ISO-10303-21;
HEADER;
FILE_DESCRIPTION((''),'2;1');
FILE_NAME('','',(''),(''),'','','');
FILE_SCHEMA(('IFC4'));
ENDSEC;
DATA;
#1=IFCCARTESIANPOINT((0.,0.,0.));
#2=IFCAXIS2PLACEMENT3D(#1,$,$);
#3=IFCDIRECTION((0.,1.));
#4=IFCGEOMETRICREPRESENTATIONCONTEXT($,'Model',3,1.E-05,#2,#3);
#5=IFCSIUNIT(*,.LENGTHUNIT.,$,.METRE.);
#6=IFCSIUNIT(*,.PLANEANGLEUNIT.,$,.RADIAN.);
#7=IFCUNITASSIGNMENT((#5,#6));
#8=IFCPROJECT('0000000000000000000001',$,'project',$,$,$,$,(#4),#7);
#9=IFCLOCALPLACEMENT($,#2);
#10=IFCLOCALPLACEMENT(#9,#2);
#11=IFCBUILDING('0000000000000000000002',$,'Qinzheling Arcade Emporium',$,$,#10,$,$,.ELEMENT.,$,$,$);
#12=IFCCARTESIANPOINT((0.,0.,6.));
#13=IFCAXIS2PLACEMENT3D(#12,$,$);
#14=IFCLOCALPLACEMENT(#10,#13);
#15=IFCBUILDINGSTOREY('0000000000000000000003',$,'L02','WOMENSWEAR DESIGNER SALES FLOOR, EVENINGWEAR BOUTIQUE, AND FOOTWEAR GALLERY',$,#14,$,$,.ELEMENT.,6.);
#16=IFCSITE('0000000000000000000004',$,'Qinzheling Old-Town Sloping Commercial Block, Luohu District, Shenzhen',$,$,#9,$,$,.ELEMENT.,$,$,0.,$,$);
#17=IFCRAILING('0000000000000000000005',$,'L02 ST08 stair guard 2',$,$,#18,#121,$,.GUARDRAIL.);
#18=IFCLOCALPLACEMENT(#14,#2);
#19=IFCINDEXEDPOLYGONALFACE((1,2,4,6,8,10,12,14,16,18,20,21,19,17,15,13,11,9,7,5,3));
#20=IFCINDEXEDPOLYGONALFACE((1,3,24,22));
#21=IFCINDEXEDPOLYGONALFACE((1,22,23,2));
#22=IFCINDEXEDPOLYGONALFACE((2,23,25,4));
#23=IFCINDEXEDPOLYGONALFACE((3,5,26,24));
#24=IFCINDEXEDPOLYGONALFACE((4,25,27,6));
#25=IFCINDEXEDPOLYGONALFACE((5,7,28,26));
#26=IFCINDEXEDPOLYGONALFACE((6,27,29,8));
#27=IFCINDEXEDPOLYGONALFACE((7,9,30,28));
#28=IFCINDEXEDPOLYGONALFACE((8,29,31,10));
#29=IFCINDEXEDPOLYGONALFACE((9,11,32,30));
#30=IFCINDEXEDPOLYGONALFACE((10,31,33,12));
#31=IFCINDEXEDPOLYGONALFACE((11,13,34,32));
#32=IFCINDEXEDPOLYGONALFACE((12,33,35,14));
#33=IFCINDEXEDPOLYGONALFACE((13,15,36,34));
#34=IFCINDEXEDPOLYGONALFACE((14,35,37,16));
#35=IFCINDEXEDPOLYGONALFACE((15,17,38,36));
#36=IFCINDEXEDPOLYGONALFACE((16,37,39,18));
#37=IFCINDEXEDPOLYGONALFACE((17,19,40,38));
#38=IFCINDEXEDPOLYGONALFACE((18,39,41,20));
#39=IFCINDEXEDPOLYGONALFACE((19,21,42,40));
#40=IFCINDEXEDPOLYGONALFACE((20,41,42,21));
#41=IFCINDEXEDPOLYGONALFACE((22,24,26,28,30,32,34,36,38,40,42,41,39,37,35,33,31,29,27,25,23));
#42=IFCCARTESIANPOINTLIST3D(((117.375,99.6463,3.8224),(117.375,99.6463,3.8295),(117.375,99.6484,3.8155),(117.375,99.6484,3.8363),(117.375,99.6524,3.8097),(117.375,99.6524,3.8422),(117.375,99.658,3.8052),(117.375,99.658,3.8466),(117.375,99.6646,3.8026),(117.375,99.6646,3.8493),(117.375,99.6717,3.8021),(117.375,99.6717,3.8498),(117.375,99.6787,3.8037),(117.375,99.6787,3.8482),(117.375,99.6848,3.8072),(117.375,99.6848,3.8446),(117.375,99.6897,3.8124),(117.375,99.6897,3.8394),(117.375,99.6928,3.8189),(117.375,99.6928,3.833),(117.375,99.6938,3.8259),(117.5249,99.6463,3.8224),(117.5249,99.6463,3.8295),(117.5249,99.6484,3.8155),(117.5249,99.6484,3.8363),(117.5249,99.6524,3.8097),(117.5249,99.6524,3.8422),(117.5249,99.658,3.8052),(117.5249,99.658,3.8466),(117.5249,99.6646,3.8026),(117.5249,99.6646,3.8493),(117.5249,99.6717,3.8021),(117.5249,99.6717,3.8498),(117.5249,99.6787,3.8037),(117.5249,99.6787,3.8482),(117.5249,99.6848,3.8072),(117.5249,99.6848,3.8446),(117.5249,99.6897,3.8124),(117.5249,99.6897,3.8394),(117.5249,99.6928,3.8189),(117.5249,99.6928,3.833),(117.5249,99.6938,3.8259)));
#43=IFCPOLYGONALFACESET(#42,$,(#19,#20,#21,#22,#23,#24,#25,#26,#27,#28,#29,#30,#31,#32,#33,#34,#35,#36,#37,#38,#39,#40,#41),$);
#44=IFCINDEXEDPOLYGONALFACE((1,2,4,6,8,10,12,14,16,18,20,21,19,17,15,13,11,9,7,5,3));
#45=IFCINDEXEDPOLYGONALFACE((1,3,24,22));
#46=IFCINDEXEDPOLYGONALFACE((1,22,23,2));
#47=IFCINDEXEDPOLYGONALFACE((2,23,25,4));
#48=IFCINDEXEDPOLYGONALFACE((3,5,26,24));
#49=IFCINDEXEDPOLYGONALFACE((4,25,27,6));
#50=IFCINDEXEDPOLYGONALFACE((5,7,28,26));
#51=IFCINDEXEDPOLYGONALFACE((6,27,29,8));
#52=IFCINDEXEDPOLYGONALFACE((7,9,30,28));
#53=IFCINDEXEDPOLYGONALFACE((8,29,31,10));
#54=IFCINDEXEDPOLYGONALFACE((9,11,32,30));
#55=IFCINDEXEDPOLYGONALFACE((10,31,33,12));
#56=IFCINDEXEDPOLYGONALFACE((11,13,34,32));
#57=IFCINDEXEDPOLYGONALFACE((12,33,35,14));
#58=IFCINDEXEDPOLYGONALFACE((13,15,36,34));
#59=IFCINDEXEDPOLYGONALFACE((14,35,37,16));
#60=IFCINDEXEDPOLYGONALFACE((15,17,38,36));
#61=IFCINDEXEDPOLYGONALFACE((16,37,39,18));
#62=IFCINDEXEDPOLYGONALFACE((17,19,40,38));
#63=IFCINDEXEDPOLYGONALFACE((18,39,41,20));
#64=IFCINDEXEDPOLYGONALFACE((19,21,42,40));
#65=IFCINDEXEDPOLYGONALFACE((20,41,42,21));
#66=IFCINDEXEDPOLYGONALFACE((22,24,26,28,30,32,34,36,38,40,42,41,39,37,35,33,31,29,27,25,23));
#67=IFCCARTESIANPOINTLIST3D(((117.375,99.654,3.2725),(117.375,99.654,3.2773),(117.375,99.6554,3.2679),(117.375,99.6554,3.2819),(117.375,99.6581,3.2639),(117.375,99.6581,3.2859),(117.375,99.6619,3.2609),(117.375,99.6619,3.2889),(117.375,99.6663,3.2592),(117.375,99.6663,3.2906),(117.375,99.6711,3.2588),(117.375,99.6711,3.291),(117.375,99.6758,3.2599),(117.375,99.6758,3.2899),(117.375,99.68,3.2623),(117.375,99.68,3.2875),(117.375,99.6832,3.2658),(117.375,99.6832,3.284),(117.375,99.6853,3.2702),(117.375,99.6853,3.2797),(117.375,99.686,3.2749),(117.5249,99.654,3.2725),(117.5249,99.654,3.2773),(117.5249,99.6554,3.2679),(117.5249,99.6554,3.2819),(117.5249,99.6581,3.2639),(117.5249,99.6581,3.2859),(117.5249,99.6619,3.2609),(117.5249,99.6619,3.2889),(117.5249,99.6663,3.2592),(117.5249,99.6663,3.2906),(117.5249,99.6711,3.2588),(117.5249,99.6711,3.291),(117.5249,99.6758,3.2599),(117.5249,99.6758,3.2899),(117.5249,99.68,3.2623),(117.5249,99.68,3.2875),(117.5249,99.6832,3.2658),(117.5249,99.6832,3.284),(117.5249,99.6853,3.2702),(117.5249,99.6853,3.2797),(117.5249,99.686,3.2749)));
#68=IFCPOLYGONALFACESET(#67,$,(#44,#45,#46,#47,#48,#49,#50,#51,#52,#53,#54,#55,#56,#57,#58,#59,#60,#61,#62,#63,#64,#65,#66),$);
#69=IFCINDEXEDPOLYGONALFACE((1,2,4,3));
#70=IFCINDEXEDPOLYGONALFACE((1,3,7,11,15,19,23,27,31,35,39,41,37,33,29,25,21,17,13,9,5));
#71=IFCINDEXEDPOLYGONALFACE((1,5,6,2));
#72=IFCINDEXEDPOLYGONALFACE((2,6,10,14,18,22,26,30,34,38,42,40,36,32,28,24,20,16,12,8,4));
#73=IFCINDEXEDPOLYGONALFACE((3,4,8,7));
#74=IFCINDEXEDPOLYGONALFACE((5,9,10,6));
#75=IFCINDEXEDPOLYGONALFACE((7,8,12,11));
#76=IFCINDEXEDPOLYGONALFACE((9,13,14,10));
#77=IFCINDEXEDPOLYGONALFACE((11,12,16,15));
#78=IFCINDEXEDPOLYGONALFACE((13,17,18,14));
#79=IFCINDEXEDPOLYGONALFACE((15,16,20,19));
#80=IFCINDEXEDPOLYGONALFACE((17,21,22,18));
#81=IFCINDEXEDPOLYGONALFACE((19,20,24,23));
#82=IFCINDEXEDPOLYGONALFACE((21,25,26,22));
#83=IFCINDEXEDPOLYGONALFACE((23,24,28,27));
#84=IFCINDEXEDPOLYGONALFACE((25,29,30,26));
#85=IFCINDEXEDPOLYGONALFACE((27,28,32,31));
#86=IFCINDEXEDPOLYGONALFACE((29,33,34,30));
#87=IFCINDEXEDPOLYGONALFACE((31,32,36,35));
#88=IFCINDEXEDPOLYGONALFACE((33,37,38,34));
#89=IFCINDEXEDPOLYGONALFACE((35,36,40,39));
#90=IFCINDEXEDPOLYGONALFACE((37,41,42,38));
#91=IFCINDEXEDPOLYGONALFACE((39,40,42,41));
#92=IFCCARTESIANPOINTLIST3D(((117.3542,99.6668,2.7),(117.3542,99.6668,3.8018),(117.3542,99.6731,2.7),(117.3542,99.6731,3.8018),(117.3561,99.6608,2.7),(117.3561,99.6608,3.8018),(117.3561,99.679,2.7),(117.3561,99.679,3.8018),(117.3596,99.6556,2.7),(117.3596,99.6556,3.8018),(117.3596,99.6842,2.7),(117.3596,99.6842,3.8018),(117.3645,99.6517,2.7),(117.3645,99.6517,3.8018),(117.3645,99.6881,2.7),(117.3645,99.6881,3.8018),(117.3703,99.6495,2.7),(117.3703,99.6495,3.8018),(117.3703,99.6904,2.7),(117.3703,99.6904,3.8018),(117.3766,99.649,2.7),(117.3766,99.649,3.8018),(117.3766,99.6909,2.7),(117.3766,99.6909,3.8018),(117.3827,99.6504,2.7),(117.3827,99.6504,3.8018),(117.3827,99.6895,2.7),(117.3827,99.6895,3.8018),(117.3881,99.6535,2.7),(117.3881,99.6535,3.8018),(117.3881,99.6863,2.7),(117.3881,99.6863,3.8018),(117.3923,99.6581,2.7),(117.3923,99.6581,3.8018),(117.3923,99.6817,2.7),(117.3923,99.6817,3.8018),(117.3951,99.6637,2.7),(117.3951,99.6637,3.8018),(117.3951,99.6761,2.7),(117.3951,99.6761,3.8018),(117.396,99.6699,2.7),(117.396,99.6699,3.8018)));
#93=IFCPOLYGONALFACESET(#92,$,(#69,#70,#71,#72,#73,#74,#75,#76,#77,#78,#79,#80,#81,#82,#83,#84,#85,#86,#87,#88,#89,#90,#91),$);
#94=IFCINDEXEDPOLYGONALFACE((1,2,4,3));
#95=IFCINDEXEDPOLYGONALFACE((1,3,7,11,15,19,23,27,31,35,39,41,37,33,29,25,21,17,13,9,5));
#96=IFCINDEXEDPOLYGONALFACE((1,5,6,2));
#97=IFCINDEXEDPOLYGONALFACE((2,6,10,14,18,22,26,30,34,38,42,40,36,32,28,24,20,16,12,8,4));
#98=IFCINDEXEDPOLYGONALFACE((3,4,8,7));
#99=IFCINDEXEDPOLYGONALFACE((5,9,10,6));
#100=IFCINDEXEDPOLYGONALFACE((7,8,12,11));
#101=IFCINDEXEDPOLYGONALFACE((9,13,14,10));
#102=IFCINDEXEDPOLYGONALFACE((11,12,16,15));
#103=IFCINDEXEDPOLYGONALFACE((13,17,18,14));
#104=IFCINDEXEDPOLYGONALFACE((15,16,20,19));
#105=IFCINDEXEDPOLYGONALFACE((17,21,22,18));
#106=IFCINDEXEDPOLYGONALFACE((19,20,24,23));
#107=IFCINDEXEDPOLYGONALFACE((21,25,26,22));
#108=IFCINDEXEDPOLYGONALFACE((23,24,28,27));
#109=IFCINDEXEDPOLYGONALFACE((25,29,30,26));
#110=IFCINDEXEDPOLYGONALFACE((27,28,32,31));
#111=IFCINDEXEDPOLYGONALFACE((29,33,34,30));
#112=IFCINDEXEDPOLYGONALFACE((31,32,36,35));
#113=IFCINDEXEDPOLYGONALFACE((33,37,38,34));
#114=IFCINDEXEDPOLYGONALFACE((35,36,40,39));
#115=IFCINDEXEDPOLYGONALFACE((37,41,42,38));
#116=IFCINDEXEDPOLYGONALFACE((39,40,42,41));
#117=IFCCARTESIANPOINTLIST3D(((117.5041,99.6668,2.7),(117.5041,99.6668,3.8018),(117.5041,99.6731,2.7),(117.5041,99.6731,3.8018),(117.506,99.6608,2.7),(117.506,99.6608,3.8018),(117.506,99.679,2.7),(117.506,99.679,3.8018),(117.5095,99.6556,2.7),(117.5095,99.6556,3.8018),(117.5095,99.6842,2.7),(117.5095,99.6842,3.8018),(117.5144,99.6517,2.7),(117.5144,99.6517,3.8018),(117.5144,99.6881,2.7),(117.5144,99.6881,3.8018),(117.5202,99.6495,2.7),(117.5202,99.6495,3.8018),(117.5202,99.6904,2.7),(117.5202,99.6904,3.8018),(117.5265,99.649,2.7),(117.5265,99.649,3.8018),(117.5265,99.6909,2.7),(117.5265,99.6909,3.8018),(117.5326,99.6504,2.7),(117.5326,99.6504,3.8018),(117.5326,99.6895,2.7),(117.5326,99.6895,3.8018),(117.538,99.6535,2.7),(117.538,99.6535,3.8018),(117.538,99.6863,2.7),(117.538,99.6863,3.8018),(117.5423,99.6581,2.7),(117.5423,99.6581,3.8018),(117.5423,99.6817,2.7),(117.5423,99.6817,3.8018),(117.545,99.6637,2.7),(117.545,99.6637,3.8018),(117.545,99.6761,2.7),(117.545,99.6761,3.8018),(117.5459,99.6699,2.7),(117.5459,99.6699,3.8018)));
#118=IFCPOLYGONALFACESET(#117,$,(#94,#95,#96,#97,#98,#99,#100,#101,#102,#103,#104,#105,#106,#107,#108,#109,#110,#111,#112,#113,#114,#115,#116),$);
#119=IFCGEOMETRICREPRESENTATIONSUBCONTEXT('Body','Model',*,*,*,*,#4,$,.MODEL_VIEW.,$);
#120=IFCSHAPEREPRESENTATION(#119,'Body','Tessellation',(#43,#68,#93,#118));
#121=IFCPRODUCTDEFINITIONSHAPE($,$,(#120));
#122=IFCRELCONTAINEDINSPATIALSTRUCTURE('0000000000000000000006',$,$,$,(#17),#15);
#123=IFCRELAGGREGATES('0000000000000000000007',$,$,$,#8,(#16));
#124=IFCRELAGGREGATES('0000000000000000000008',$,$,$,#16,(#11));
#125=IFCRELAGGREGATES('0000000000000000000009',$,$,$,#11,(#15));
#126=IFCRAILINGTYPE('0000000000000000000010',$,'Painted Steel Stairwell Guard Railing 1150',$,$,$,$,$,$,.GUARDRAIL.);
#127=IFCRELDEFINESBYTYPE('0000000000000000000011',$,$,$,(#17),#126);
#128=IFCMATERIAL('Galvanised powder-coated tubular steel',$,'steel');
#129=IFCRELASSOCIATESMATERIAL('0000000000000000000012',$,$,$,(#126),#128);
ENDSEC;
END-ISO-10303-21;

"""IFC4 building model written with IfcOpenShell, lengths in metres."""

from ifc_helpers import new_model, si_unit, direction, frame, origin, origin_2d, place, context, subcontext, project, spatial, circle, extrude, material, type_object, element, save


model = new_model("IFC4")

# Units and contexts
model_context = context("Model", 3, precision=1e-05, world=origin(), true_north=direction((0.0, 1.0)))
body_context = subcontext(model_context, "Body", "Model", "MODEL_VIEW")
ifc_project = project(units=[si_unit("LENGTHUNIT", "METRE"), si_unit("PLANEANGLEUNIT", "RADIAN")], contexts=[model_context])

# Site, building, storey
site_placement = place(None, origin())
site = spatial("IfcSite", under=ifc_project, at=site_placement, Name="Qinzheling Old-Town Sloping Commercial Block, Luohu District, Shenzhen", CompositionType="ELEMENT", RefElevation=0.0)
building_placement = place(site_placement, origin())
building = spatial("IfcBuilding", under=site, at=building_placement, Name="Qinzheling Arcade Emporium", CompositionType="ELEMENT")
storey_placement = place(building_placement, frame((0.0, 0.0, 6.0)))
storey = spatial("IfcBuildingStorey", under=building, at=storey_placement, Name="L02", Description="WOMENSWEAR DESIGNER SALES FLOOR, EVENINGWEAR BOUTIQUE, AND FOOTWEAR GALLERY", CompositionType="ELEMENT", Elevation=6.0)

# Railing
ifc_material_1 = material(Name="Galvanised powder-coated tubular steel", Category="steel")
railing_type_1 = type_object("IfcRailingType", Name="Painted Steel Stairwell Guard Railing 1150", PredefinedType="GUARDRAIL", material=ifc_material_1)
railing_1_placement = place(storey_placement, frame((117.375, 99.6699, 2.7)))
element("IfcRailing", 1, at=railing_1_placement, inside=storey, type_object=railing_type_1, Name="L02 ST08 stair guard 2", PredefinedType="GUARDRAIL", context=body_context, shape_type="SweptSolid", body=[
    extrude(circle(Radius=0.0239, at=origin_2d()), frame((0.0, 0.0, 1.126), z_axis=(1.0, 0.0, 0.0), x_axis=(0.0, 1.0, 0.0)), (0.0, 0.0, 1.0), 0.1499),
    extrude(circle(Radius=0.0161, at=origin_2d()), frame((0.0, 0.0, 0.575), z_axis=(1.0, 0.0, 0.0), x_axis=(0.0, 1.0, 0.0)), (0.0, 0.0, 1.0), 0.1499),
    extrude(circle(Radius=0.021, at=origin_2d()), origin(), (0.0, 0.0, 1.0), 1.1018),
    extrude(circle(Radius=0.021, at=origin_2d()), frame((0.1499, 0.0, 0.0)), (0.0, 0.0, 1.0), 1.1018),
])

save(model, "model.ifc")
